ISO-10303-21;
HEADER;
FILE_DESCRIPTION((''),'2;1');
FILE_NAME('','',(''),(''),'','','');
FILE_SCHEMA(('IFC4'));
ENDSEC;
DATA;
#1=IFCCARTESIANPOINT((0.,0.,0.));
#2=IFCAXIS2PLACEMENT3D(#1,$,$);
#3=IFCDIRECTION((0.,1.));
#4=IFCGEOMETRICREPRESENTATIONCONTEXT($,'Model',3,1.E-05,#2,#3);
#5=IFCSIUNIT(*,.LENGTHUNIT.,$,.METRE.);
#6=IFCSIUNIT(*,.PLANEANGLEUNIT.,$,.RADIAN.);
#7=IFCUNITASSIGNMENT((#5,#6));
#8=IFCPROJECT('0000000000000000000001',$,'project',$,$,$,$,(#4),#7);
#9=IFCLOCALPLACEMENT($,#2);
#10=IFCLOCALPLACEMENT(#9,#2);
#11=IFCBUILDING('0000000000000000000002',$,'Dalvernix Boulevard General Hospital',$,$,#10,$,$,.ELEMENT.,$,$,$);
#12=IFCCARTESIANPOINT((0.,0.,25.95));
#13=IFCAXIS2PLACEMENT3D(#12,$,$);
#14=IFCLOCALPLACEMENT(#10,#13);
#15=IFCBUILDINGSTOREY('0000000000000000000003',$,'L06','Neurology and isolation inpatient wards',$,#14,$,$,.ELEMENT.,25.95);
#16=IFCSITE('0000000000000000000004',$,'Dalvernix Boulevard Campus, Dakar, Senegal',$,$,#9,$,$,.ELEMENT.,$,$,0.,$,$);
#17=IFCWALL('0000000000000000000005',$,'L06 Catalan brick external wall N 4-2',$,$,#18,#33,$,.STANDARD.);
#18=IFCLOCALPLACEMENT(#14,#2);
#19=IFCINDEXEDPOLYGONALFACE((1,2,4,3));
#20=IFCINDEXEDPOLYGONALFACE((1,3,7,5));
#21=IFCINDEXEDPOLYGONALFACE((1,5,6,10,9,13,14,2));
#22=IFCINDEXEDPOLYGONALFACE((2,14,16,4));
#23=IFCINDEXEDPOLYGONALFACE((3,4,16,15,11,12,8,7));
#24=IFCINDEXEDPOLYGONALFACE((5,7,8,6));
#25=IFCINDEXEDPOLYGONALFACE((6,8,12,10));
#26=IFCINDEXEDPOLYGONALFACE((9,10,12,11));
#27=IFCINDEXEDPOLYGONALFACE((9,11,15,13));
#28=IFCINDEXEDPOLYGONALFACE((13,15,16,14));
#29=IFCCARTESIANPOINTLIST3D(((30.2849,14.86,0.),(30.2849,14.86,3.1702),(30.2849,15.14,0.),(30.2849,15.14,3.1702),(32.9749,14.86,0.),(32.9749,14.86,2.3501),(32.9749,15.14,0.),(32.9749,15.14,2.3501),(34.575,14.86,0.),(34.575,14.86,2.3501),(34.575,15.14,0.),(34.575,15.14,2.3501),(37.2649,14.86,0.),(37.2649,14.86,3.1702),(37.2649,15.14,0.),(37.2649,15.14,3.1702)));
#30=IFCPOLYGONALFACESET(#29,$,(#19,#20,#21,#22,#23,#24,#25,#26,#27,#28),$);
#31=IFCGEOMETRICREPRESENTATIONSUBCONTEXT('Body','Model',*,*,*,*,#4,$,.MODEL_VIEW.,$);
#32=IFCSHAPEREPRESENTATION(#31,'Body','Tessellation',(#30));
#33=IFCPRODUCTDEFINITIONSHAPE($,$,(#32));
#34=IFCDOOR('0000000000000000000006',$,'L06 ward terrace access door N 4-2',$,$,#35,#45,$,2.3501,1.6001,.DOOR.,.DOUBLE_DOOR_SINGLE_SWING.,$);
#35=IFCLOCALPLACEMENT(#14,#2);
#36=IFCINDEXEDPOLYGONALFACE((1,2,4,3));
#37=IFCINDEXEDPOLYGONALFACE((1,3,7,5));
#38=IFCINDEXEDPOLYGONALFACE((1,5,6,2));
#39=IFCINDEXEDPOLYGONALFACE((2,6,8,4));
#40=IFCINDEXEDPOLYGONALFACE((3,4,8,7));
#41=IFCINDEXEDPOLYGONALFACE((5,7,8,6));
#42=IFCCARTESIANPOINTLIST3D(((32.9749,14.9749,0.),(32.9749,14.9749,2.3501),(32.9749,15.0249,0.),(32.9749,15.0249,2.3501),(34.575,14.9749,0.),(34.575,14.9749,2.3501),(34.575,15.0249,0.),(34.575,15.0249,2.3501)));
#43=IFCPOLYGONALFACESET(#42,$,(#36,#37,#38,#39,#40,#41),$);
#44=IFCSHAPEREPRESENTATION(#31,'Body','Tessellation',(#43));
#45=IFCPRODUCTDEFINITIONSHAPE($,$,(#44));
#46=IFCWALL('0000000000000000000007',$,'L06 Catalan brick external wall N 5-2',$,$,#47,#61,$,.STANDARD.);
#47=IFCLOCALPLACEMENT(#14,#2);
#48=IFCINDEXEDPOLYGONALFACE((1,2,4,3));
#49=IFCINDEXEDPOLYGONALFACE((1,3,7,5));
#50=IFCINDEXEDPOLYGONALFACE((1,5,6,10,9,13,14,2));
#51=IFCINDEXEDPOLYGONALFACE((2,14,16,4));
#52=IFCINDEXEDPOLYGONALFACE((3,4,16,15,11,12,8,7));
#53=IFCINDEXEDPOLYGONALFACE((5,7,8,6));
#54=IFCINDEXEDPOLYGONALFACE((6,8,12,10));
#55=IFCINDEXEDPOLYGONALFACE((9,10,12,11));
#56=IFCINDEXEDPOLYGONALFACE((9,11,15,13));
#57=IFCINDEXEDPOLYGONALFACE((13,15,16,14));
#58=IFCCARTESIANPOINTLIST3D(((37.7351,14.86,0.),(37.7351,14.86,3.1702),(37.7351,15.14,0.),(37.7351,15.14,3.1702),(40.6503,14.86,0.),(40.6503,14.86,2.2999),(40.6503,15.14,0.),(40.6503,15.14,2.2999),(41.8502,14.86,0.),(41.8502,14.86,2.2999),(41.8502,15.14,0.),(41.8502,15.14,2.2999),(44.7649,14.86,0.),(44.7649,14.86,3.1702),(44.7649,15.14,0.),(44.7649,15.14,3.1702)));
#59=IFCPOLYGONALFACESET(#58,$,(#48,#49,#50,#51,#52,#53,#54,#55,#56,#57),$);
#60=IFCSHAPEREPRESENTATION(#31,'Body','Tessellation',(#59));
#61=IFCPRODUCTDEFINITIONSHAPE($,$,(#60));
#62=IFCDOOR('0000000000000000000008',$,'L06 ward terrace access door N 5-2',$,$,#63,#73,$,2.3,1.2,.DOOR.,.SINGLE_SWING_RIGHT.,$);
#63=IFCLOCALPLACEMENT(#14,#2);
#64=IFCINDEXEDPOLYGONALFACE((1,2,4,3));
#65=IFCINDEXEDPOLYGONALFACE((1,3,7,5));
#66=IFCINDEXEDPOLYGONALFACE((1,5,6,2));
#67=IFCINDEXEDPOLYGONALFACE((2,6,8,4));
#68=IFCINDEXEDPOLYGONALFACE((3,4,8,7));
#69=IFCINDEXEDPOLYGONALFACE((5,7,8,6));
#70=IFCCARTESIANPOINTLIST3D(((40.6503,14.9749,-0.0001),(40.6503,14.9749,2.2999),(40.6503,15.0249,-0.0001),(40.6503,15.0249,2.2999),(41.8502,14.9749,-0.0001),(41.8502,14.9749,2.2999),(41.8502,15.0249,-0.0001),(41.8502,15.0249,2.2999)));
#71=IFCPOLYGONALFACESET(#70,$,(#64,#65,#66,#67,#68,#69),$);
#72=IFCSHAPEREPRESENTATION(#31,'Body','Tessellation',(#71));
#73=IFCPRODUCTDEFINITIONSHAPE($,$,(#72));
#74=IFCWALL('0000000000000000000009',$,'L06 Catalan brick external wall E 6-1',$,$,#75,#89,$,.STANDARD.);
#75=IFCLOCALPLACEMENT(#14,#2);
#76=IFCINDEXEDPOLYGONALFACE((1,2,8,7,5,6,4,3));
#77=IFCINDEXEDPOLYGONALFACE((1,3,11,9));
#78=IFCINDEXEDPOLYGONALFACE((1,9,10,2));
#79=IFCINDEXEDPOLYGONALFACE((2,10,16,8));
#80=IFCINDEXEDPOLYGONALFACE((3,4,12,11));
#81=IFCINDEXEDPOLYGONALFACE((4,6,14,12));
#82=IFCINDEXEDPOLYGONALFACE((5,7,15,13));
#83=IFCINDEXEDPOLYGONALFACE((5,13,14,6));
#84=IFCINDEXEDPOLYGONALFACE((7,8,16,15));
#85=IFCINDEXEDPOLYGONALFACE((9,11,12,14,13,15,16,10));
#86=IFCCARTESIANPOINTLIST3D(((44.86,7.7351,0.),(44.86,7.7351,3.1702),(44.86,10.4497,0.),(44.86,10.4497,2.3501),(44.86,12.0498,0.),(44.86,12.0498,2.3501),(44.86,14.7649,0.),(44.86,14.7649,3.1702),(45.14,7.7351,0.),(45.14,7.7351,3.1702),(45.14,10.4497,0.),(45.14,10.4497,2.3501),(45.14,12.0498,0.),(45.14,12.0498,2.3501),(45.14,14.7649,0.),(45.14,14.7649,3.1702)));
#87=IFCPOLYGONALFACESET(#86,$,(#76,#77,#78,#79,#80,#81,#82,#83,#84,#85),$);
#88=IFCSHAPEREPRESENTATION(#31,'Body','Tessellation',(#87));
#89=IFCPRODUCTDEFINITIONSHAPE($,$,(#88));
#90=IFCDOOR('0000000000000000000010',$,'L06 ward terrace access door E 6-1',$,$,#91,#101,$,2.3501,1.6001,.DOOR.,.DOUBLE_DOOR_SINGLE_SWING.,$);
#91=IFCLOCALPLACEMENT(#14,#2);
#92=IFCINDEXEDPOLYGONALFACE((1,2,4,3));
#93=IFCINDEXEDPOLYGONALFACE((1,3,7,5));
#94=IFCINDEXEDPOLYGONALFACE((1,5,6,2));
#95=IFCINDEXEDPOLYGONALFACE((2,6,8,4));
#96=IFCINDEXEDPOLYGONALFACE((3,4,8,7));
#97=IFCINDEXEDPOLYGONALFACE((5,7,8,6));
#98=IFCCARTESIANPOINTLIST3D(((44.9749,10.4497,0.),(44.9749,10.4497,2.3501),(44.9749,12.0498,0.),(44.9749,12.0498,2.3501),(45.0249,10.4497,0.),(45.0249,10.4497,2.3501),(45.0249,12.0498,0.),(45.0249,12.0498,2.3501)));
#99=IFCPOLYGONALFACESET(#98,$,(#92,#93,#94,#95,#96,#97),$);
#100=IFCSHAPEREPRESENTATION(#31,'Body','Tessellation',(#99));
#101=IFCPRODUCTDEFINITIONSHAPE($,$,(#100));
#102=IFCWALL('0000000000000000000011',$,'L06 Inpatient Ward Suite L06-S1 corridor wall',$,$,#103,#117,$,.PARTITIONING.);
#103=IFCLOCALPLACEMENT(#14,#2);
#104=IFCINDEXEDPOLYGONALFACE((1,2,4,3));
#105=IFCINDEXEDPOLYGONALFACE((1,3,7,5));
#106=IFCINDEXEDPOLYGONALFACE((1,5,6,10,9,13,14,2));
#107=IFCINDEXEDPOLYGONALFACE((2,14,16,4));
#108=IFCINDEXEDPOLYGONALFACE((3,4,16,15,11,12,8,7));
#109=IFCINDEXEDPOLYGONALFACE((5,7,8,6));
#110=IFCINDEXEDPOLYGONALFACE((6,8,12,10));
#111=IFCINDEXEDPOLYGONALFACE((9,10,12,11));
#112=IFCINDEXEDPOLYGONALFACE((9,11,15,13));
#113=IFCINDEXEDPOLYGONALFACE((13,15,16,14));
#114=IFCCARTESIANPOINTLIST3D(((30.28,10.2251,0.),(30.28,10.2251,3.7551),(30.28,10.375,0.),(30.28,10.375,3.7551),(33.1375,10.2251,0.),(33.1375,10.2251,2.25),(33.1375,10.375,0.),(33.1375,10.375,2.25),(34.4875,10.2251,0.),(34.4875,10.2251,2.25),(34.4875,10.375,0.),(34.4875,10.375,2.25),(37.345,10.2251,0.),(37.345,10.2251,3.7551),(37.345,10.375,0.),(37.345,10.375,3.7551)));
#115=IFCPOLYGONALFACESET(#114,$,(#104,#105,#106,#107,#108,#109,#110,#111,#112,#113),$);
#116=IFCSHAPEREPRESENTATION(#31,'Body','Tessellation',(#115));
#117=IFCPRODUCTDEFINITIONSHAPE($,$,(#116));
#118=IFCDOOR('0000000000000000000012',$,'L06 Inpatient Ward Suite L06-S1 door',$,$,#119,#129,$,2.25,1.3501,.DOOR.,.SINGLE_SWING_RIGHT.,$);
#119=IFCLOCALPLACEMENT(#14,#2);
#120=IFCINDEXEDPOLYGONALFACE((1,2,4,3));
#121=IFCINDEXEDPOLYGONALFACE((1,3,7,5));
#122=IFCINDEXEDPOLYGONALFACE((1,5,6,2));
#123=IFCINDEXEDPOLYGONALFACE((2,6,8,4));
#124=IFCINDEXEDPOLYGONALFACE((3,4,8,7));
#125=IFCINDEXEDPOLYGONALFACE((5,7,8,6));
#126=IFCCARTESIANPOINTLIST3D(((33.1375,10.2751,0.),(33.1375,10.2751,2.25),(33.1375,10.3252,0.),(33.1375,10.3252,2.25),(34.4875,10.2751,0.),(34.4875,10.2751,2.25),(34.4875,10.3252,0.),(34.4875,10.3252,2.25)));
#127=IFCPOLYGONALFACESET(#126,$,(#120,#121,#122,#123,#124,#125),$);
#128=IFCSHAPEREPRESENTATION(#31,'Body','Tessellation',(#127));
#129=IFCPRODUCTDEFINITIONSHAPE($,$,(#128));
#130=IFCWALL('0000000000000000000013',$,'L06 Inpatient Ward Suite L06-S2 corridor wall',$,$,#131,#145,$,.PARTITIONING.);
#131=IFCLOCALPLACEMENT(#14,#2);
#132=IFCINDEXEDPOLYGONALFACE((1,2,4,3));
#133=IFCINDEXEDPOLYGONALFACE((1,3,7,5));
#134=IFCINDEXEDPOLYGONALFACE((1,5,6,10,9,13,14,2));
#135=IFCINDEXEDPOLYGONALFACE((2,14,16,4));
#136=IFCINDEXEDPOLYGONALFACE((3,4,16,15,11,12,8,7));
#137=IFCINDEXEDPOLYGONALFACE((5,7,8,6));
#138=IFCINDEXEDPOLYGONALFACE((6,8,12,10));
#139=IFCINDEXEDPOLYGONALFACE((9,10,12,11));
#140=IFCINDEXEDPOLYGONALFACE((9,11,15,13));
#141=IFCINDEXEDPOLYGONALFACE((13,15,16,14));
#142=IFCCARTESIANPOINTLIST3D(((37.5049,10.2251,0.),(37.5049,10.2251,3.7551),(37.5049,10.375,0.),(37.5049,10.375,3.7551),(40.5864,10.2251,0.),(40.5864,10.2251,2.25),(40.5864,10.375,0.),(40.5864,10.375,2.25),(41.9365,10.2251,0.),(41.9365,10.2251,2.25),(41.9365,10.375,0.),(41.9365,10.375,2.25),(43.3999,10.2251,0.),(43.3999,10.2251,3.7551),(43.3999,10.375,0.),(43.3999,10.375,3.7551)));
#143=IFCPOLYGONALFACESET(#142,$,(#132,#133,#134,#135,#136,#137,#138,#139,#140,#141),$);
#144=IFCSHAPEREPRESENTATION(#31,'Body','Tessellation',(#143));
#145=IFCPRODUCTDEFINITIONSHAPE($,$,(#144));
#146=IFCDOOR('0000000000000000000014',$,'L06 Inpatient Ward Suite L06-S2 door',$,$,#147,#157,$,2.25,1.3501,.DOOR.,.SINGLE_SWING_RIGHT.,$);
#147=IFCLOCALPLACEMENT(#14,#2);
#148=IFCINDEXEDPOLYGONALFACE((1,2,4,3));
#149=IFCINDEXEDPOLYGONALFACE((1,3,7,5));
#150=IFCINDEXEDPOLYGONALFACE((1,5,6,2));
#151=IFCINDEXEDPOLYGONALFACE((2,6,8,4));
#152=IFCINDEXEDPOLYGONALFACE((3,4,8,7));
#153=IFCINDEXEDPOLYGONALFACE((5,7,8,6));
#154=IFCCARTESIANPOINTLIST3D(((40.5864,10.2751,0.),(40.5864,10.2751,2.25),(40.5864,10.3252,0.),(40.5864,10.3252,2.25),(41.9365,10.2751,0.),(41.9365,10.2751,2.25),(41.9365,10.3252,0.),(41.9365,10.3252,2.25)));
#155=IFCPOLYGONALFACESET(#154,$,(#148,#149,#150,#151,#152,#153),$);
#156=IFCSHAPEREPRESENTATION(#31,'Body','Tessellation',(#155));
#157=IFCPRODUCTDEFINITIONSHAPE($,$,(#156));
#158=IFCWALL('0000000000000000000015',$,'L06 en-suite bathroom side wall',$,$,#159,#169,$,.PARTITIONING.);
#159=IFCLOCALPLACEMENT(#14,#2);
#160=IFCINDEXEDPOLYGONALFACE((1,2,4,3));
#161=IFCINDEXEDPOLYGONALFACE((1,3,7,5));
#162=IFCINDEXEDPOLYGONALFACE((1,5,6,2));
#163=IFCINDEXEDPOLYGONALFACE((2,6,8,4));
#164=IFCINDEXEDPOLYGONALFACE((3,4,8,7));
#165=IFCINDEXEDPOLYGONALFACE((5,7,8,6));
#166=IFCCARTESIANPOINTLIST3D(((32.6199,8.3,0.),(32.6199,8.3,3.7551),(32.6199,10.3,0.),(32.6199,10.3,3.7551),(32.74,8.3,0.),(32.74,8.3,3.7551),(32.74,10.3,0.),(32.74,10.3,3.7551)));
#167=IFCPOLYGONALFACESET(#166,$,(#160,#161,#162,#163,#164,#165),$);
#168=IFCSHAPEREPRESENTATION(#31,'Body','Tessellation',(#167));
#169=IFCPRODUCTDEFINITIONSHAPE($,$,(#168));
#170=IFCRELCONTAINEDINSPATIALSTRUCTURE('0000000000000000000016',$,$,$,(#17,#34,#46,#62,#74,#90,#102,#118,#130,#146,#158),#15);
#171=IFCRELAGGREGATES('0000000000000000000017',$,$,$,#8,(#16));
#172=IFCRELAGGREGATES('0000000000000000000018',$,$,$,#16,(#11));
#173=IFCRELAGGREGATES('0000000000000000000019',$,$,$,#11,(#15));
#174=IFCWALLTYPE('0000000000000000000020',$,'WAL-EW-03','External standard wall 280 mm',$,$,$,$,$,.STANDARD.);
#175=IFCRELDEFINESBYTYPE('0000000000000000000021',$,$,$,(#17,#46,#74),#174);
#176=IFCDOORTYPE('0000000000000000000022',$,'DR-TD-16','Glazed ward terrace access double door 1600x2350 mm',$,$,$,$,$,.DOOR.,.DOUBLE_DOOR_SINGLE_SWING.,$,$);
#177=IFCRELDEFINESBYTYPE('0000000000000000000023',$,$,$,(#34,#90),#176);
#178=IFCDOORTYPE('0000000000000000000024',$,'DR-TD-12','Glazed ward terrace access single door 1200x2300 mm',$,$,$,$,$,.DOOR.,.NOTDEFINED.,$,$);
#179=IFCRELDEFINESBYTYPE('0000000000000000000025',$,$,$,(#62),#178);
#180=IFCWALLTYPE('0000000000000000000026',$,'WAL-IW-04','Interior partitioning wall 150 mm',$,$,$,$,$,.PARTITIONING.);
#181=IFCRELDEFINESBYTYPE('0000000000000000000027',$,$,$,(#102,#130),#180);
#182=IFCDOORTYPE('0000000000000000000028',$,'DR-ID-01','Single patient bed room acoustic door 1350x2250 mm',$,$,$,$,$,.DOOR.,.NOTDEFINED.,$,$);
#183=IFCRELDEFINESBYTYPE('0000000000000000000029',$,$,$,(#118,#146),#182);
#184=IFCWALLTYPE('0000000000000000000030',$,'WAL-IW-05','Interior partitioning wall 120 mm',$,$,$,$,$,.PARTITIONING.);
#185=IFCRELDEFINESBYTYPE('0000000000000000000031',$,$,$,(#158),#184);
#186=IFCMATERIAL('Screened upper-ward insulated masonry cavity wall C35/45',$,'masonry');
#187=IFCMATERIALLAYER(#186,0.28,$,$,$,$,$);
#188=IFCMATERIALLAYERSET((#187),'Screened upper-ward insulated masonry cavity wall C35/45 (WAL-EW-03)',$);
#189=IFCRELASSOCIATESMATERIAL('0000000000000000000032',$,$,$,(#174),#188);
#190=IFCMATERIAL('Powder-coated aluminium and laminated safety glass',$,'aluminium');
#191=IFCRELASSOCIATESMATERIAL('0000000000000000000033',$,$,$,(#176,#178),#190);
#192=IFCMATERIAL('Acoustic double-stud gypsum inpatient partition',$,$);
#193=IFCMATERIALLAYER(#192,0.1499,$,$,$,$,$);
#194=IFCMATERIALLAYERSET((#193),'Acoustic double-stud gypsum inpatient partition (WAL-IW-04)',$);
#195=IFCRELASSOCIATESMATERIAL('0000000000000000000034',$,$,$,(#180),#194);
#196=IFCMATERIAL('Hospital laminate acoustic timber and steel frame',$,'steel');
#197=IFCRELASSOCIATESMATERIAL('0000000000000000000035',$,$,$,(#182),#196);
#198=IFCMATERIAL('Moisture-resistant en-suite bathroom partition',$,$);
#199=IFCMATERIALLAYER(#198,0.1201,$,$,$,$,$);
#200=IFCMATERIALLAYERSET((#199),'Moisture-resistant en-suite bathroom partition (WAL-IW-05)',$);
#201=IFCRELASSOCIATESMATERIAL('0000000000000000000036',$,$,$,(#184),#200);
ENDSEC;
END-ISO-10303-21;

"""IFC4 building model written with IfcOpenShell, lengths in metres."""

from ifc_helpers import new_model, si_unit, direction, frame, frame_2d, origin, place, context, subcontext, project, spatial, rectangle, extrude, material, layer, layer_set, type_object, element, fill, save


model = new_model("IFC4")

# Units and contexts
model_context = context("Model", 3, precision=1e-05, world=origin(), true_north=direction((0.0, 1.0)))
body_context = subcontext(model_context, "Body", "Model", "MODEL_VIEW")
ifc_project = project(units=[si_unit("LENGTHUNIT", "METRE"), si_unit("PLANEANGLEUNIT", "RADIAN")], contexts=[model_context])

# Site, building, storey
site_placement = place(None, origin())
site = spatial("IfcSite", under=ifc_project, at=site_placement, Name="Dalvernix Boulevard Campus, Dakar, Senegal", CompositionType="ELEMENT", RefElevation=0.0)
building_placement = place(site_placement, origin())
building = spatial("IfcBuilding", under=site, at=building_placement, Name="Dalvernix Boulevard General Hospital", CompositionType="ELEMENT")
storey_placement = place(building_placement, frame((0.0, 0.0, 25.95)))
storey = spatial("IfcBuildingStorey", under=building, at=storey_placement, Name="L06", Description="Neurology and isolation inpatient wards", CompositionType="ELEMENT", Elevation=25.95)

# Walls, openings, doors
ifc_material_1 = material(Name="Screened upper-ward insulated masonry cavity wall C35/45", Category="masonry")
ifc_layer_1 = layer(ifc_material_1, 0.28)
ifc_layer_set_1 = layer_set([ifc_layer_1], Name="Screened upper-ward insulated masonry cavity wall C35/45 (WAL-EW-03)")
wall_type_1 = type_object("IfcWallType", Name="WAL-EW-03", Description="External standard wall 280 mm", PredefinedType="STANDARD", material=ifc_layer_set_1)
wall_1_placement = place(storey_placement, frame((30.2849, 15.0, 0.0), z_axis=(0.0, 0.0, 1.0), x_axis=(1.0, 0.0, 0.0)))
wall_1 = element("IfcWall", 1, at=wall_1_placement, inside=storey, type_object=wall_type_1, Name="L06 Catalan brick external wall N 4-2", PredefinedType="STANDARD", context=body_context, shape_type="SweptSolid", body=[
    extrude(rectangle(XDim=6.98, YDim=0.28, at=frame_2d((3.49, 0.0))), origin(), (0.0, 0.0, 1.0), 3.1702),
])
opening_1_placement = place(wall_1_placement, frame((2.6899, 0.0, 0.0)))
opening_1 = element("IfcOpeningElement", 2, at=opening_1_placement, cuts=wall_1, PredefinedType="OPENING", context=body_context, shape_type="SweptSolid", body=[
    extrude(rectangle(XDim=1.6001, YDim=2.3501, at=frame_2d((0.8, 1.175))), frame((0.0, 0.1499, 0.0), z_axis=(0.0, -1.0, 0.0), x_axis=(1.0, 0.0, 0.0)), (0.0, 0.0, 1.0), 0.3),
])
ifc_material_2 = material(Name="Powder-coated aluminium and laminated safety glass", Category="aluminium")
door_type_1 = type_object("IfcDoorType", Name="DR-TD-16", Description="Glazed ward terrace access double door 1600x2350 mm", OperationType="DOUBLE_DOOR_SINGLE_SWING", PredefinedType="DOOR", material=ifc_material_2)
door_1_placement = place(opening_1_placement, origin())
door_1 = element("IfcDoor", 3, at=door_1_placement, inside=storey, type_object=door_type_1, Name="L06 ward terrace access door N 4-2", OperationType="DOUBLE_DOOR_SINGLE_SWING", OverallHeight=2.3501, OverallWidth=1.6001, PredefinedType="DOOR", context=body_context, shape_type="SweptSolid", body=[
    extrude(rectangle(XDim=1.6001, YDim=2.3501, at=frame_2d((0.8, 1.175))), frame((0.0, 0.0249, 0.0), z_axis=(0.0, -1.0, 0.0), x_axis=(1.0, 0.0, 0.0)), (0.0, 0.0, 1.0), 0.05),
])
fill(opening_1, door_1)
wall_2_placement = place(storey_placement, frame((37.7351, 15.0, 0.0), z_axis=(0.0, 0.0, 1.0), x_axis=(1.0, 0.0, 0.0)))
wall_2 = element("IfcWall", 4, at=wall_2_placement, inside=storey, type_object=wall_type_1, Name="L06 Catalan brick external wall N 5-2", PredefinedType="STANDARD", context=body_context, shape_type="SweptSolid", body=[
    extrude(rectangle(XDim=7.0298, YDim=0.28, at=frame_2d((3.5149, 0.0))), origin(), (0.0, 0.0, 1.0), 3.1702),
])
opening_2_placement = place(wall_2_placement, frame((2.915, 0.0, 0.0)))
opening_2 = element("IfcOpeningElement", 5, at=opening_2_placement, cuts=wall_2, PredefinedType="OPENING", context=body_context, shape_type="SweptSolid", body=[
    extrude(rectangle(XDim=1.2, YDim=2.3, at=frame_2d((0.6001, 1.1499))), frame((0.0, 0.1499, 0.0), z_axis=(0.0, -1.0, 0.0), x_axis=(1.0, 0.0, 0.0)), (0.0, 0.0, 1.0), 0.3),
])
door_type_2 = type_object("IfcDoorType", Name="DR-TD-12", Description="Glazed ward terrace access single door 1200x2300 mm", OperationType="NOTDEFINED", PredefinedType="DOOR", material=ifc_material_2)
door_2_placement = place(opening_2_placement, origin())
door_2 = element("IfcDoor", 6, at=door_2_placement, inside=storey, type_object=door_type_2, Name="L06 ward terrace access door N 5-2", OperationType="SINGLE_SWING_RIGHT", OverallHeight=2.3, OverallWidth=1.2, PredefinedType="DOOR", context=body_context, shape_type="SweptSolid", body=[
    extrude(rectangle(XDim=1.2, YDim=2.3, at=frame_2d((0.6001, 1.1499))), frame((0.0, 0.0249, 0.0), z_axis=(0.0, -1.0, 0.0), x_axis=(1.0, 0.0, 0.0)), (0.0, 0.0, 1.0), 0.05),
])
fill(opening_2, door_2)
wall_3_placement = place(storey_placement, frame((45.0, 14.7649, 0.0), z_axis=(0.0, 0.0, 1.0), x_axis=(0.0, -1.0, 0.0)))
wall_3 = element("IfcWall", 7, at=wall_3_placement, inside=storey, type_object=wall_type_1, Name="L06 Catalan brick external wall E 6-1", PredefinedType="STANDARD", context=body_context, shape_type="SweptSolid", body=[
    extrude(rectangle(XDim=7.0298, YDim=0.28, at=frame_2d((3.5149, 0.0))), origin(), (0.0, 0.0, 1.0), 3.1702),
])
opening_3_placement = place(wall_3_placement, frame((2.7151, 0.0, 0.0)))
opening_3 = element("IfcOpeningElement", 8, at=opening_3_placement, cuts=wall_3, PredefinedType="OPENING", context=body_context, shape_type="SweptSolid", body=[
    extrude(rectangle(XDim=1.6001, YDim=2.3501, at=frame_2d((0.8, 1.175))), frame((0.0, 0.1499, 0.0), z_axis=(0.0, -1.0, 0.0), x_axis=(1.0, 0.0, 0.0)), (0.0, 0.0, 1.0), 0.3),
])
door_3_placement = place(opening_3_placement, origin())
door_3 = element("IfcDoor", 9, at=door_3_placement, inside=storey, type_object=door_type_1, Name="L06 ward terrace access door E 6-1", OperationType="DOUBLE_DOOR_SINGLE_SWING", OverallHeight=2.3501, OverallWidth=1.6001, PredefinedType="DOOR", context=body_context, shape_type="SweptSolid", body=[
    extrude(rectangle(XDim=1.6001, YDim=2.3501, at=frame_2d((0.8, 1.175))), frame((0.0, 0.0249, 0.0), z_axis=(0.0, -1.0, 0.0), x_axis=(1.0, 0.0, 0.0)), (0.0, 0.0, 1.0), 0.05),
])
fill(opening_3, door_3)
ifc_material_3 = material(Name="Acoustic double-stud gypsum inpatient partition")
ifc_layer_2 = layer(ifc_material_3, 0.1499)
ifc_layer_set_2 = layer_set([ifc_layer_2], Name="Acoustic double-stud gypsum inpatient partition (WAL-IW-04)")
wall_type_2 = type_object("IfcWallType", Name="WAL-IW-04", Description="Interior partitioning wall 150 mm", PredefinedType="PARTITIONING", material=ifc_layer_set_2)
wall_4_placement = place(storey_placement, frame((37.345, 10.3, 0.0), z_axis=(0.0, 0.0, 1.0), x_axis=(-1.0, 0.0, 0.0)))
wall_4 = element("IfcWall", 10, at=wall_4_placement, inside=storey, type_object=wall_type_2, Name="L06 Inpatient Ward Suite L06-S1 corridor wall", PredefinedType="PARTITIONING", context=body_context, shape_type="SweptSolid", body=[
    extrude(rectangle(XDim=7.0649, YDim=0.1499, at=frame_2d((3.5325, 0.0))), origin(), (0.0, 0.0, 1.0), 3.7551),
])
opening_4_placement = place(wall_4_placement, frame((2.8574, 0.0, 0.0)))
opening_4 = element("IfcOpeningElement", 11, at=opening_4_placement, cuts=wall_4, PredefinedType="OPENING", context=body_context, shape_type="SweptSolid", body=[
    extrude(rectangle(XDim=1.3501, YDim=2.25, at=frame_2d((0.675, 1.125))), frame((0.0, 0.085, 0.0), z_axis=(0.0, -1.0, 0.0), x_axis=(1.0, 0.0, 0.0)), (0.0, 0.0, 1.0), 0.1699),
])
ifc_material_4 = material(Name="Hospital laminate acoustic timber and steel frame", Category="steel")
door_type_3 = type_object("IfcDoorType", Name="DR-ID-01", Description="Single patient bed room acoustic door 1350x2250 mm", OperationType="NOTDEFINED", PredefinedType="DOOR", material=ifc_material_4)
door_4_placement = place(opening_4_placement, origin())
door_4 = element("IfcDoor", 12, at=door_4_placement, inside=storey, type_object=door_type_3, Name="L06 Inpatient Ward Suite L06-S1 door", OperationType="SINGLE_SWING_RIGHT", OverallHeight=2.25, OverallWidth=1.3501, PredefinedType="DOOR", context=body_context, shape_type="SweptSolid", body=[
    extrude(rectangle(XDim=1.3501, YDim=2.25, at=frame_2d((0.675, 1.125))), frame((0.0, 0.0249, 0.0), z_axis=(0.0, -1.0, 0.0), x_axis=(1.0, 0.0, 0.0)), (0.0, 0.0, 1.0), 0.05),
])
fill(opening_4, door_4)
wall_5_placement = place(storey_placement, frame((43.3999, 10.3, 0.0), z_axis=(0.0, 0.0, 1.0), x_axis=(-1.0, 0.0, 0.0)))
wall_5 = element("IfcWall", 13, at=wall_5_placement, inside=storey, type_object=wall_type_2, Name="L06 Inpatient Ward Suite L06-S2 corridor wall", PredefinedType="PARTITIONING", context=body_context, shape_type="SweptSolid", body=[
    extrude(rectangle(XDim=5.895, YDim=0.1499, at=frame_2d((2.9475, 0.0))), origin(), (0.0, 0.0, 1.0), 3.7551),
])
opening_5_placement = place(wall_5_placement, frame((1.4634, 0.0, 0.0)))
opening_5 = element("IfcOpeningElement", 14, at=opening_5_placement, cuts=wall_5, PredefinedType="OPENING", context=body_context, shape_type="SweptSolid", body=[
    extrude(rectangle(XDim=1.3501, YDim=2.25, at=frame_2d((0.675, 1.125))), frame((0.0, 0.085, 0.0), z_axis=(0.0, -1.0, 0.0), x_axis=(1.0, 0.0, 0.0)), (0.0, 0.0, 1.0), 0.1699),
])
door_5_placement = place(opening_5_placement, origin())
door_5 = element("IfcDoor", 15, at=door_5_placement, inside=storey, type_object=door_type_3, Name="L06 Inpatient Ward Suite L06-S2 door", OperationType="SINGLE_SWING_RIGHT", OverallHeight=2.25, OverallWidth=1.3501, PredefinedType="DOOR", context=body_context, shape_type="SweptSolid", body=[
    extrude(rectangle(XDim=1.3501, YDim=2.25, at=frame_2d((0.675, 1.125))), frame((0.0, 0.0249, 0.0), z_axis=(0.0, -1.0, 0.0), x_axis=(1.0, 0.0, 0.0)), (0.0, 0.0, 1.0), 0.05),
])
fill(opening_5, door_5)

# Wall
ifc_material_5 = material(Name="Moisture-resistant en-suite bathroom partition")
ifc_layer_3 = layer(ifc_material_5, 0.1201)
ifc_layer_set_3 = layer_set([ifc_layer_3], Name="Moisture-resistant en-suite bathroom partition (WAL-IW-05)")
wall_type_3 = type_object("IfcWallType", Name="WAL-IW-05", Description="Interior partitioning wall 120 mm", PredefinedType="PARTITIONING", material=ifc_layer_set_3)
wall_6_placement = place(storey_placement, frame((32.6799, 8.3, 0.0), z_axis=(0.0, 0.0, 1.0), x_axis=(0.0, 1.0, 0.0)))
element("IfcWall", 16, at=wall_6_placement, inside=storey, type_object=wall_type_3, Name="L06 en-suite bathroom side wall", PredefinedType="PARTITIONING", context=body_context, shape_type="SweptSolid", body=[
    extrude(rectangle(XDim=2.0, YDim=0.1201, at=frame_2d((1.0, 0.0))), origin(), (0.0, 0.0, 1.0), 3.7551),
])

save(model, "model.ifc")
